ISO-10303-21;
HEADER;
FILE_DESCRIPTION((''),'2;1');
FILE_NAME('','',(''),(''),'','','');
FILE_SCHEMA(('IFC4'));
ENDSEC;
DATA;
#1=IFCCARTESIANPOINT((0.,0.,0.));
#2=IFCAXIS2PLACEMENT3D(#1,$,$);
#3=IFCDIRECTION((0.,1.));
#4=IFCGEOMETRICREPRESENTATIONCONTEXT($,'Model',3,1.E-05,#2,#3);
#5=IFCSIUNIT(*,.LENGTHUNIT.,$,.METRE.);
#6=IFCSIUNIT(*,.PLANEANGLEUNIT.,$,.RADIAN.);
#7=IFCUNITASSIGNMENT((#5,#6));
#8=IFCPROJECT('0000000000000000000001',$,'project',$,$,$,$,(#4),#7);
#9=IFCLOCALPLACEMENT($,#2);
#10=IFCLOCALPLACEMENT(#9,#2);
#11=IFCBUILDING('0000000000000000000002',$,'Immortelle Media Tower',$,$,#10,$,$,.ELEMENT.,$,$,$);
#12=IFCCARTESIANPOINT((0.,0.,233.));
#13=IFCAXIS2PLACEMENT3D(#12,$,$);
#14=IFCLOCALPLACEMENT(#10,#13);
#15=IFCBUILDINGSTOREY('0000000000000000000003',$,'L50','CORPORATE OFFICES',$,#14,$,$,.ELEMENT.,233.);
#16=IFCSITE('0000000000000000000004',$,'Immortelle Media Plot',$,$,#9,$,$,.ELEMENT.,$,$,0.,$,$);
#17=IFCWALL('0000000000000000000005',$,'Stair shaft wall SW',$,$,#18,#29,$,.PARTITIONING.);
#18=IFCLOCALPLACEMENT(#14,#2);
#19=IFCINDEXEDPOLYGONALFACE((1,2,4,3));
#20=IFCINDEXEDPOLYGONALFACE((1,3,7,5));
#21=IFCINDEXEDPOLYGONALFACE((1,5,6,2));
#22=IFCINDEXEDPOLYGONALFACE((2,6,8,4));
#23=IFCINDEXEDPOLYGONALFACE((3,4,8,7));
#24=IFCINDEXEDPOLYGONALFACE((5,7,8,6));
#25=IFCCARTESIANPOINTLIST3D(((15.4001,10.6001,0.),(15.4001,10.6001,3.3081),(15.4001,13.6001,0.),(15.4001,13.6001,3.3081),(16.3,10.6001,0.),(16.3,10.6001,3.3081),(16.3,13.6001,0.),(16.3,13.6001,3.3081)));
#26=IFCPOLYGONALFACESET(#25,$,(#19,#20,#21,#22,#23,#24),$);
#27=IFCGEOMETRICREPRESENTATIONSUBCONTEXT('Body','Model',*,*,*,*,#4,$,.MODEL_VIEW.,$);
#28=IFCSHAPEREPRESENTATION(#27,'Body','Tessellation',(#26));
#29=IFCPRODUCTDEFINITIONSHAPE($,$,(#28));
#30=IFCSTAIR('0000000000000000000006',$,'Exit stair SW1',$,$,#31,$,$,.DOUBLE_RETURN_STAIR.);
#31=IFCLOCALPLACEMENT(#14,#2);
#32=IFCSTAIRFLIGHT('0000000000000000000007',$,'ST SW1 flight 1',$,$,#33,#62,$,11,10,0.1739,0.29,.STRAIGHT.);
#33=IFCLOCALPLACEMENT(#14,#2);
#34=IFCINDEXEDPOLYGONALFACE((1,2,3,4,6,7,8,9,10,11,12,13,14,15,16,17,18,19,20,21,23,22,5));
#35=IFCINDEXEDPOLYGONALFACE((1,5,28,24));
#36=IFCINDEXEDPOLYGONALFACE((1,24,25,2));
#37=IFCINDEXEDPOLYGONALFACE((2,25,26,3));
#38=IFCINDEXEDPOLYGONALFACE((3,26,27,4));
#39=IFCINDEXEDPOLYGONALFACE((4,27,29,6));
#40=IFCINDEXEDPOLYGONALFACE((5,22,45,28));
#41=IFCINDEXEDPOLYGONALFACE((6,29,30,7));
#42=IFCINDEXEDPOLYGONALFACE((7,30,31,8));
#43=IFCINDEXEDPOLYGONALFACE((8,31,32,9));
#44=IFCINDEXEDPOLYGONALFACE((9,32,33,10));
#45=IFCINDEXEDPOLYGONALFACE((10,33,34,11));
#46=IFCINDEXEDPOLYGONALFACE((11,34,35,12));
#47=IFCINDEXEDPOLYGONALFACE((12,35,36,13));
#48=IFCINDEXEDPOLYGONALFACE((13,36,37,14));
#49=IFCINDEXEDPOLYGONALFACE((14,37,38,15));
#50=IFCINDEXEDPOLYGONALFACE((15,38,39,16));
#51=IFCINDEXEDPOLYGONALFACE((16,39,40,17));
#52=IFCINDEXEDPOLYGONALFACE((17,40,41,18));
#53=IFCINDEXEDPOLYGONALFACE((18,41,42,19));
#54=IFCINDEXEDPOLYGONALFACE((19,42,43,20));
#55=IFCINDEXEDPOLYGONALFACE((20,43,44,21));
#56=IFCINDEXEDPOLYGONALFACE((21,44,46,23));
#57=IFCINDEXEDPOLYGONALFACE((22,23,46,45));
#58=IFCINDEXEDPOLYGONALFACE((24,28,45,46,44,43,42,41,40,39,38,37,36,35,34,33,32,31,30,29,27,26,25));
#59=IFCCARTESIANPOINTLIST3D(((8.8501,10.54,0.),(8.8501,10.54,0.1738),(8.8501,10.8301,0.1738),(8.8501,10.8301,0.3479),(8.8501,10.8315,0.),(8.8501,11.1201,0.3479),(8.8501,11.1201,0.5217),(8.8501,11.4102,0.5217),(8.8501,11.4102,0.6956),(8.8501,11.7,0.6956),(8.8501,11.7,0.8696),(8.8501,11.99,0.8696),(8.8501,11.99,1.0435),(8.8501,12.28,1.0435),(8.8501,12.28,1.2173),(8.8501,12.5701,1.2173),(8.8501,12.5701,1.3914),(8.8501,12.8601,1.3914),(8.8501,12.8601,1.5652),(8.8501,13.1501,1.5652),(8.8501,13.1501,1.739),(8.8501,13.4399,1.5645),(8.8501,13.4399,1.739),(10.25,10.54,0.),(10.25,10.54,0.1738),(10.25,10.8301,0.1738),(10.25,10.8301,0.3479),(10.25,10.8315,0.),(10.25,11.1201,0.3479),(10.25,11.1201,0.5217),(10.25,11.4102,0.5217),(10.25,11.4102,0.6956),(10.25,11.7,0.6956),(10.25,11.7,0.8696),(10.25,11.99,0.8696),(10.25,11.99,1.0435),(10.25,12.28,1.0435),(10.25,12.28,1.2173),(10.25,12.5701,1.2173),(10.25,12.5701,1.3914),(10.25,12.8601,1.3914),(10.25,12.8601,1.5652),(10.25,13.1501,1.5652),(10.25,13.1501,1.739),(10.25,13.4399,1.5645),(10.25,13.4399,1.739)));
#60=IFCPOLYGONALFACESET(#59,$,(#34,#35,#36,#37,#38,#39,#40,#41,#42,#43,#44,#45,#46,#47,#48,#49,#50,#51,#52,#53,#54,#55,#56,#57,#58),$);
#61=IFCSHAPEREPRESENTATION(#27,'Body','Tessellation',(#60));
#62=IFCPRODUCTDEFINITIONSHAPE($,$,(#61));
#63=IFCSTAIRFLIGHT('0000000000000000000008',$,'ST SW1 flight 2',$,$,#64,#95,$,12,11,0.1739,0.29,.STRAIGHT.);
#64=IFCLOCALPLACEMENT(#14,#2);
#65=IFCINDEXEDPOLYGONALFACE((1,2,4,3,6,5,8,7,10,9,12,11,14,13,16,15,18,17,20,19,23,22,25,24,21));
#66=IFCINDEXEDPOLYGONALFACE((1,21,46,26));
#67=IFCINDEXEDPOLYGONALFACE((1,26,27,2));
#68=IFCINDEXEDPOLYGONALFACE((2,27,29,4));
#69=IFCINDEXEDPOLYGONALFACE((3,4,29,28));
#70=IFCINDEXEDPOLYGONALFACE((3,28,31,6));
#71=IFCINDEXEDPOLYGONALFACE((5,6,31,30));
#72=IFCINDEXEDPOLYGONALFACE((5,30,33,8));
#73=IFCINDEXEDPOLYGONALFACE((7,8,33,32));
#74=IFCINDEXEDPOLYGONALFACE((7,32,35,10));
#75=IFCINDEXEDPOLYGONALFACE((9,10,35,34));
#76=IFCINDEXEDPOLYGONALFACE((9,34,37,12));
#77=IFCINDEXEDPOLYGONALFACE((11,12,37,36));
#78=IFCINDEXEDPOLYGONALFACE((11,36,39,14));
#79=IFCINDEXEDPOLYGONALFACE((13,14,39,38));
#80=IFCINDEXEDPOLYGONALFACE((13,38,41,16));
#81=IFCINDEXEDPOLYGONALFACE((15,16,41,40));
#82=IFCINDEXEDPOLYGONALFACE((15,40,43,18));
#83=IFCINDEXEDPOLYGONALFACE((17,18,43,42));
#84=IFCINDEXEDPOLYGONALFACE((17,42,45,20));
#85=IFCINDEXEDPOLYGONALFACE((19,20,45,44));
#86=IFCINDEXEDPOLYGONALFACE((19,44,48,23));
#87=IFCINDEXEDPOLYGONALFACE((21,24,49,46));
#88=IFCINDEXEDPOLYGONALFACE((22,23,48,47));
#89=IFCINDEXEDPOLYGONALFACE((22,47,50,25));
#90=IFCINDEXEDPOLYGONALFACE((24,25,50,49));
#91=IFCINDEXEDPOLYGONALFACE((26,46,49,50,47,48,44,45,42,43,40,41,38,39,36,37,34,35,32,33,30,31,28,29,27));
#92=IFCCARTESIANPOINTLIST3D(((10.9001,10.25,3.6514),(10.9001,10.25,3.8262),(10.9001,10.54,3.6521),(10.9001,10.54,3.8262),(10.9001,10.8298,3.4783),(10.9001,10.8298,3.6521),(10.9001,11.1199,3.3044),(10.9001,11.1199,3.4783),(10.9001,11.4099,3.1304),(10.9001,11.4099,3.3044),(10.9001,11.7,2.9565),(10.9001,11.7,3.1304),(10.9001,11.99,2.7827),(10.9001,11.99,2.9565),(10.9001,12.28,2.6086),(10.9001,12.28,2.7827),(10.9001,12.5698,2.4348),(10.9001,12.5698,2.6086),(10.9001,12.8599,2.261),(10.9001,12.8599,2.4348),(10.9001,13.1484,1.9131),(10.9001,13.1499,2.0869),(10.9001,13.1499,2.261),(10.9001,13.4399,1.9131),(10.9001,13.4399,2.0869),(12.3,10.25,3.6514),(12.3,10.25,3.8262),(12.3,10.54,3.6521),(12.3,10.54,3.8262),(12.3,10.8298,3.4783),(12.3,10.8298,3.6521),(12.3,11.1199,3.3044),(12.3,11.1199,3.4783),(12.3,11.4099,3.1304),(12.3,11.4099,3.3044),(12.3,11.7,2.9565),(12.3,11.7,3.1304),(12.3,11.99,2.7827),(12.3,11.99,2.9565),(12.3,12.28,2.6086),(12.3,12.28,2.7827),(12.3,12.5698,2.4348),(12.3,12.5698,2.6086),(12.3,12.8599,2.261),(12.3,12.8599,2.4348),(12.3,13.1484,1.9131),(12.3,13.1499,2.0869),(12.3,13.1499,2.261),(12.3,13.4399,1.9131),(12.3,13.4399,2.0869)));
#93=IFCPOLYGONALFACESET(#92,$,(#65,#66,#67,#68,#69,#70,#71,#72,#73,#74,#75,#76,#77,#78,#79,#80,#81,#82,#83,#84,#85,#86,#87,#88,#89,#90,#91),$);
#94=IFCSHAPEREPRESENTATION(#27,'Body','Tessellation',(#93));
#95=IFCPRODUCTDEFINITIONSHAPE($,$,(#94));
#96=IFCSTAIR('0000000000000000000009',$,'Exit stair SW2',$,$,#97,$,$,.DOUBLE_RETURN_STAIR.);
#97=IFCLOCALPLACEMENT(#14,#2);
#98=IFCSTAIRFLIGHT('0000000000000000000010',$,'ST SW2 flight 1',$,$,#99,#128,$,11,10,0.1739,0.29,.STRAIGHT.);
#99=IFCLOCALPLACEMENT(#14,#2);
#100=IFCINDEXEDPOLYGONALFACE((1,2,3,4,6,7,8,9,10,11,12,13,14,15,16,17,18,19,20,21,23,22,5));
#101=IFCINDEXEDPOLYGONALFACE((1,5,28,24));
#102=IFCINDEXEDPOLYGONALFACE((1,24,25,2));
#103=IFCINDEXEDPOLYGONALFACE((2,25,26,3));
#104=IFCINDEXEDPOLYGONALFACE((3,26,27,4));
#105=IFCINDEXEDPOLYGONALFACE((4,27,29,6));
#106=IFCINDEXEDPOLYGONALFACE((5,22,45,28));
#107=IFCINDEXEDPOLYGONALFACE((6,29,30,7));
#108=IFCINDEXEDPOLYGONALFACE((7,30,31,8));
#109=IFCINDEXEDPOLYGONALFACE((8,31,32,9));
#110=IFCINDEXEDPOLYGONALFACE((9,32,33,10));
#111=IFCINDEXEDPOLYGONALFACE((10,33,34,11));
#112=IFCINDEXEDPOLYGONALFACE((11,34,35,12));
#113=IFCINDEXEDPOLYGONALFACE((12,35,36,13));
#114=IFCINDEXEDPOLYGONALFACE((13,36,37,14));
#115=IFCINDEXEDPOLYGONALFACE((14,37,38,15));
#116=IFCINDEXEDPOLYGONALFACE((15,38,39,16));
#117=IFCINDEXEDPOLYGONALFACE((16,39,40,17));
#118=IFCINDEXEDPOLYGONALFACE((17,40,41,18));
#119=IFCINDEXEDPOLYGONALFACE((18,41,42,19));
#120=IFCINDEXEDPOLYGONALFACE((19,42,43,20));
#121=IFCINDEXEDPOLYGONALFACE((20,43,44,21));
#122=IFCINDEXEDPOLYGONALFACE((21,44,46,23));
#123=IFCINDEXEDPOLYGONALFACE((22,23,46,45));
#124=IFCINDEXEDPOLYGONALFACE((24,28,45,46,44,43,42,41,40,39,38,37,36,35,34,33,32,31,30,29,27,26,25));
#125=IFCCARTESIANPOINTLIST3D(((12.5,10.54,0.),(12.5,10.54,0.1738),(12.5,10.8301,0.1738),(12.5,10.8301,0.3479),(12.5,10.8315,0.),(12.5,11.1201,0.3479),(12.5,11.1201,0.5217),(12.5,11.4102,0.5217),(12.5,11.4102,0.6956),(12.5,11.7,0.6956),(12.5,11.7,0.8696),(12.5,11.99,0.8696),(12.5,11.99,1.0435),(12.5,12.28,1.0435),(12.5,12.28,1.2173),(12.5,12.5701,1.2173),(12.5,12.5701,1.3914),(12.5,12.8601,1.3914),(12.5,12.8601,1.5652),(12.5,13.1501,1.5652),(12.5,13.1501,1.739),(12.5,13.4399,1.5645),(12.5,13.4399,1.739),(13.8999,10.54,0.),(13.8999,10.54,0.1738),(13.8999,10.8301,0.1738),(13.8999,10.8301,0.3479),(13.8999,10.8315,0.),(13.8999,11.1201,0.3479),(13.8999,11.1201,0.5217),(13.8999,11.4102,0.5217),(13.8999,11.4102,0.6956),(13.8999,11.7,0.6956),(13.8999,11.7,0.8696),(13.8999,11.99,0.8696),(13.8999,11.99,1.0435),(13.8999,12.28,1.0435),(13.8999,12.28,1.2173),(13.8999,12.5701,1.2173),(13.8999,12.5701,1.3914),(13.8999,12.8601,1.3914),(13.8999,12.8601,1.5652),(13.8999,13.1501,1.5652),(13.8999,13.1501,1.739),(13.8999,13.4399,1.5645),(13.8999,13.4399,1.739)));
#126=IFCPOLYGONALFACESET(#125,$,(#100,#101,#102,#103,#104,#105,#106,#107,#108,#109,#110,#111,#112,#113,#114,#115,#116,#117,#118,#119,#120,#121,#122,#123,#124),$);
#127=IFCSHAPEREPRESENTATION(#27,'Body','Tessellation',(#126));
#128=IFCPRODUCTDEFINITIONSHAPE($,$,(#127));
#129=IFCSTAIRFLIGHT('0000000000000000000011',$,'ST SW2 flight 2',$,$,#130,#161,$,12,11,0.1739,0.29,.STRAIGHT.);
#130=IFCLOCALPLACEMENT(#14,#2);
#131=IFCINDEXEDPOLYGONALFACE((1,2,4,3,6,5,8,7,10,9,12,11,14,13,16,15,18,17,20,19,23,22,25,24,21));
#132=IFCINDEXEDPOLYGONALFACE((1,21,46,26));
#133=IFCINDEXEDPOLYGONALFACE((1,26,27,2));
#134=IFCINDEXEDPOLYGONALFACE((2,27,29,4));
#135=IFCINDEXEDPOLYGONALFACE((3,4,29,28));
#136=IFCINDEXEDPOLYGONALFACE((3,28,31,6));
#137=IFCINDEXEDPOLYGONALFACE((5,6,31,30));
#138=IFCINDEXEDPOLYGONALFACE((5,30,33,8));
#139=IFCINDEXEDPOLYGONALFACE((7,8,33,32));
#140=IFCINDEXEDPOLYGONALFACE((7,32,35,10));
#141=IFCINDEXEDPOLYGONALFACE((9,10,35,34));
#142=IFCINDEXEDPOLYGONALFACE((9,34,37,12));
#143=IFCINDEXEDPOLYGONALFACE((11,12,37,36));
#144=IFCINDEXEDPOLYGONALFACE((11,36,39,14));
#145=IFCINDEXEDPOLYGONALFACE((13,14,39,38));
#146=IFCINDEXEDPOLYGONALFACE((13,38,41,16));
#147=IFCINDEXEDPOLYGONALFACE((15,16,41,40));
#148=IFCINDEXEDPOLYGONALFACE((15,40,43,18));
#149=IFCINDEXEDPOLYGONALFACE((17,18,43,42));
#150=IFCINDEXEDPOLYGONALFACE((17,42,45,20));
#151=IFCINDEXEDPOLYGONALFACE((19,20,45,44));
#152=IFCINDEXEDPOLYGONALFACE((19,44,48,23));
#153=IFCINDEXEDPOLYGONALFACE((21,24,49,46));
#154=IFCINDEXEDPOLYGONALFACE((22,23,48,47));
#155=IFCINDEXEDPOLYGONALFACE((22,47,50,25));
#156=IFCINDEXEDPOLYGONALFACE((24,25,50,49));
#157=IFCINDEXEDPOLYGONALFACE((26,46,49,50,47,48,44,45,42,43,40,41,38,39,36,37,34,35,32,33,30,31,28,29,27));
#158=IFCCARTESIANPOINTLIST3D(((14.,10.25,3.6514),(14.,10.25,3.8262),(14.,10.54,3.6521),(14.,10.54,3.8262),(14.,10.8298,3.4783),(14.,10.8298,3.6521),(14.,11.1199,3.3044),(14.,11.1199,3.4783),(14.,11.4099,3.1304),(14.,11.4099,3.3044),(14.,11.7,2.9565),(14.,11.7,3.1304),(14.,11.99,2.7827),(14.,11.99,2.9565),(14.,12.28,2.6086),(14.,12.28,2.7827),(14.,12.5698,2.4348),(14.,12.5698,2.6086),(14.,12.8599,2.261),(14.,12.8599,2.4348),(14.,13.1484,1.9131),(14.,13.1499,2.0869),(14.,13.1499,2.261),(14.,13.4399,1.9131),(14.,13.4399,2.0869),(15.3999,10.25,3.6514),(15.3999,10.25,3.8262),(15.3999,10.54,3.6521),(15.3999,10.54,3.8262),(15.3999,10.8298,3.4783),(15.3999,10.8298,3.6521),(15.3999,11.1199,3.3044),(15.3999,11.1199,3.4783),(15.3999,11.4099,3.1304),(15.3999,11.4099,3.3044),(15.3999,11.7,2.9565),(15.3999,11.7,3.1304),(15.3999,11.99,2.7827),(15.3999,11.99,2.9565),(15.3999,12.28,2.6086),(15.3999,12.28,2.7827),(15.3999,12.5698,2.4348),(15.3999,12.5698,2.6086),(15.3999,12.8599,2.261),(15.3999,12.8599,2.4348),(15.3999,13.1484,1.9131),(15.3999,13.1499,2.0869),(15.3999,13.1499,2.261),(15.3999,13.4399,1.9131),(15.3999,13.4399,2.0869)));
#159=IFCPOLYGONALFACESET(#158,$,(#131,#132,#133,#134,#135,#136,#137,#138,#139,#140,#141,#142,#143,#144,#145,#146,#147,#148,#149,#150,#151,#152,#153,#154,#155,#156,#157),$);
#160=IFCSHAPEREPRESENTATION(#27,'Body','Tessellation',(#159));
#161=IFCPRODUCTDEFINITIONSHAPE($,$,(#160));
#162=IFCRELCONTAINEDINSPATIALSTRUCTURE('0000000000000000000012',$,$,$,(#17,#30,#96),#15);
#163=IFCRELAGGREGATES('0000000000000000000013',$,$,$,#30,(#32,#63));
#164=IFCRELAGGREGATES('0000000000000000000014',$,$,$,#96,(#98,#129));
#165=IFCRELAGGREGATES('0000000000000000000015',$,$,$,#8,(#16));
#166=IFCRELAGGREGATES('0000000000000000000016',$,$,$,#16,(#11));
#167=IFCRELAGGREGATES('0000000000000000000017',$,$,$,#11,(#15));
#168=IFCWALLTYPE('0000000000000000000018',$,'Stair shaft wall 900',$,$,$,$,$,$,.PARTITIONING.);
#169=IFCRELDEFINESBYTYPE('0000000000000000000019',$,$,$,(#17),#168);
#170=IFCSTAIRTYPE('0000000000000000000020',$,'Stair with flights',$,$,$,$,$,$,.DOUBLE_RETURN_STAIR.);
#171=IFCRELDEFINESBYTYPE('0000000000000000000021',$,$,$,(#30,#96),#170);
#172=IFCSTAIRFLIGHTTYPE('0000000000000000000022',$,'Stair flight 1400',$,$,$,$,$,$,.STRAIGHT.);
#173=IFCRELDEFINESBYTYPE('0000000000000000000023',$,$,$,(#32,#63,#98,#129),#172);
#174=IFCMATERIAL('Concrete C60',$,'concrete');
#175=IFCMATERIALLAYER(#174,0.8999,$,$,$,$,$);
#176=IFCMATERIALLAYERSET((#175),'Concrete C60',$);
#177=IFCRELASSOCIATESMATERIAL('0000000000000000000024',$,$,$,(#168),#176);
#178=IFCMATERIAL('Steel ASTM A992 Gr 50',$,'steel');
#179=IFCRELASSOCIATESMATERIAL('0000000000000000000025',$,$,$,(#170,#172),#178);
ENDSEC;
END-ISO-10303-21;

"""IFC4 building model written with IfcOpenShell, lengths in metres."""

from ifc_helpers import new_model, si_unit, direction, frame, frame_2d, origin, place, context, subcontext, project, spatial, polyline, rectangle, outline, extrude, material, layer, layer_set, type_object, element, aggregate, save


model = new_model("IFC4")

# Units and contexts
model_context = context("Model", 3, precision=1e-05, world=origin(), true_north=direction((0.0, 1.0)))
body_context = subcontext(model_context, "Body", "Model", "MODEL_VIEW")
ifc_project = project(units=[si_unit("LENGTHUNIT", "METRE"), si_unit("PLANEANGLEUNIT", "RADIAN")], contexts=[model_context])

# Site, building, storey
site_placement = place(None, origin())
site = spatial("IfcSite", under=ifc_project, at=site_placement, Name="Immortelle Media Plot", CompositionType="ELEMENT", RefElevation=0.0)
building_placement = place(site_placement, origin())
building = spatial("IfcBuilding", under=site, at=building_placement, Name="Immortelle Media Tower", CompositionType="ELEMENT")
storey_placement = place(building_placement, frame((0.0, 0.0, 233.0)))
storey = spatial("IfcBuildingStorey", under=building, at=storey_placement, Name="L50", Description="CORPORATE OFFICES", CompositionType="ELEMENT", Elevation=233.0)

# Shared definitions
ifc_material_1 = material(Name="Steel ASTM A992 Gr 50", Category="steel")

# Shared definitions
ifc_material_2 = material(Name="Concrete C60", Category="concrete")

# Shared definitions
ifc_layer_1 = layer(ifc_material_2, 0.8999)
ifc_layer_set_1 = layer_set([ifc_layer_1], Name="Concrete C60")
wall_type_1 = type_object("IfcWallType", Name="Stair shaft wall 900", PredefinedType="PARTITIONING", material=ifc_layer_set_1)

# Wall
wall_1_placement = place(storey_placement, frame((15.8501, 10.6001, 0.0), z_axis=(0.0, 0.0, 1.0), x_axis=(0.0, 1.0, 0.0)))
element("IfcWall", 1, at=wall_1_placement, inside=storey, type_object=wall_type_1, Name="Stair shaft wall SW", PredefinedType="PARTITIONING", context=body_context, shape_type="SweptSolid", body=[
    extrude(rectangle(XDim=3.0, YDim=0.8999, at=frame_2d((1.5, 0.0))), origin(), (0.0, 0.0, 1.0), 3.3081),
])

# Stairs, stair flights
stair_type = type_object("IfcStairType", Name="Stair with flights", PredefinedType="DOUBLE_RETURN_STAIR", material=ifc_material_1)
stair_1_placement = place(storey_placement, origin())
stair_1 = element("IfcStair", 2, at=stair_1_placement, inside=storey, type_object=stair_type, Name="Exit stair SW1", PredefinedType="DOUBLE_RETURN_STAIR")
stair_flight_type = type_object("IfcStairFlightType", Name="Stair flight 1400", PredefinedType="STRAIGHT", material=ifc_material_1)
stair_flight_1_placement = place(storey_placement, frame((9.55, 10.54, 0.0), z_axis=(0.0, 0.0, 1.0), x_axis=(0.0, 1.0, 0.0)))
stair_flight_1 = element("IfcStairFlight", 3, at=stair_flight_1_placement, type_object=stair_flight_type, Name="ST SW1 flight 1", NumberOfRisers=11, NumberOfTreads=10, PredefinedType="STRAIGHT", RiserHeight=0.1739, TreadLength=0.29, context=body_context, shape_type="SweptSolid", body=[
    extrude(outline(polyline([(0.0, 0.0), (0.0, 0.1738), (0.29, 0.1738), (0.29, 0.3479), (0.5801, 0.3479), (0.5801, 0.5217), (0.8701, 0.5217), (0.8701, 0.6956), (1.1599, 0.6956), (1.1599, 0.8696), (1.45, 0.8696), (1.45, 1.0435), (1.74, 1.0435), (1.74, 1.2173), (2.03, 1.2173), (2.03, 1.3914), (2.3201, 1.3914), (2.3201, 1.5652), (2.6101, 1.5652), (2.6101, 1.739), (2.8999, 1.739), (2.8999, 1.9131), (2.8999, 1.5645), (0.2915, 0.0), (0.0, 0.0)])), frame((0.0, 0.7, 0.0), z_axis=(0.0, -1.0, 0.0), x_axis=(1.0, 0.0, 0.0)), (0.0, 0.0, 1.0), 1.3999),
])
stair_flight_2_placement = place(storey_placement, frame((11.6001, 13.4399, 1.9131), z_axis=(0.0, 0.0, 1.0), x_axis=(0.0, -1.0, 0.0)))
stair_flight_2 = element("IfcStairFlight", 4, at=stair_flight_2_placement, type_object=stair_flight_type, Name="ST SW1 flight 2", NumberOfRisers=12, NumberOfTreads=11, PredefinedType="STRAIGHT", RiserHeight=0.1739, TreadLength=0.29, context=body_context, shape_type="SweptSolid", body=[
    extrude(outline(polyline([(0.0, 0.0), (0.0, 0.1738), (0.29, 0.1738), (0.29, 0.3479), (0.5801, 0.3479), (0.5801, 0.5217), (0.8701, 0.5217), (0.8701, 0.6956), (1.1599, 0.6956), (1.1599, 0.8696), (1.45, 0.8696), (1.45, 1.0435), (1.74, 1.0435), (1.74, 1.2173), (2.03, 1.2173), (2.03, 1.3914), (2.3201, 1.3914), (2.3201, 1.5652), (2.6101, 1.5652), (2.6101, 1.739), (2.8999, 1.739), (2.8999, 1.9131), (3.1899, 1.9131), (3.1899, 2.0869), (3.1899, 1.7383), (0.2915, 0.0), (0.0, 0.0)])), frame((0.0, 0.7, 0.0), z_axis=(0.0, -1.0, 0.0), x_axis=(1.0, 0.0, 0.0)), (0.0, 0.0, 1.0), 1.3999),
])
aggregate(stair_1, [stair_flight_1, stair_flight_2])
stair_2_placement = place(storey_placement, origin())
stair_2 = element("IfcStair", 5, at=stair_2_placement, inside=storey, type_object=stair_type, Name="Exit stair SW2", PredefinedType="DOUBLE_RETURN_STAIR")
stair_flight_3_placement = place(storey_placement, frame((13.2, 10.54, 0.0), z_axis=(0.0, 0.0, 1.0), x_axis=(0.0, 1.0, 0.0)))
stair_flight_3 = element("IfcStairFlight", 6, at=stair_flight_3_placement, type_object=stair_flight_type, Name="ST SW2 flight 1", NumberOfRisers=11, NumberOfTreads=10, PredefinedType="STRAIGHT", RiserHeight=0.1739, TreadLength=0.29, context=body_context, shape_type="SweptSolid", body=[
    extrude(outline(polyline([(0.0, 0.0), (0.0, 0.1738), (0.29, 0.1738), (0.29, 0.3479), (0.5801, 0.3479), (0.5801, 0.5217), (0.8701, 0.5217), (0.8701, 0.6956), (1.1599, 0.6956), (1.1599, 0.8696), (1.45, 0.8696), (1.45, 1.0435), (1.74, 1.0435), (1.74, 1.2173), (2.03, 1.2173), (2.03, 1.3914), (2.3201, 1.3914), (2.3201, 1.5652), (2.6101, 1.5652), (2.6101, 1.739), (2.8999, 1.739), (2.8999, 1.9131), (2.8999, 1.5645), (0.2915, 0.0), (0.0, 0.0)])), frame((0.0, 0.7, 0.0), z_axis=(0.0, -1.0, 0.0), x_axis=(1.0, 0.0, 0.0)), (0.0, 0.0, 1.0), 1.3999),
])
stair_flight_4_placement = place(storey_placement, frame((14.7, 13.4399, 1.9131), z_axis=(0.0, 0.0, 1.0), x_axis=(0.0, -1.0, 0.0)))
stair_flight_4 = element("IfcStairFlight", 7, at=stair_flight_4_placement, type_object=stair_flight_type, Name="ST SW2 flight 2", NumberOfRisers=12, NumberOfTreads=11, PredefinedType="STRAIGHT", RiserHeight=0.1739, TreadLength=0.29, context=body_context, shape_type="SweptSolid", body=[
    extrude(outline(polyline([(0.0, 0.0), (0.0, 0.1738), (0.29, 0.1738), (0.29, 0.3479), (0.5801, 0.3479), (0.5801, 0.5217), (0.8701, 0.5217), (0.8701, 0.6956), (1.1599, 0.6956), (1.1599, 0.8696), (1.45, 0.8696), (1.45, 1.0435), (1.74, 1.0435), (1.74, 1.2173), (2.03, 1.2173), (2.03, 1.3914), (2.3201, 1.3914), (2.3201, 1.5652), (2.6101, 1.5652), (2.6101, 1.739), (2.8999, 1.739), (2.8999, 1.9131), (3.1899, 1.9131), (3.1899, 2.0869), (3.1899, 1.7383), (0.2915, 0.0), (0.0, 0.0)])), frame((0.0, 0.7, 0.0), z_axis=(0.0, -1.0, 0.0), x_axis=(1.0, 0.0, 0.0)), (0.0, 0.0, 1.0), 1.3999),
])
aggregate(stair_2, [stair_flight_3, stair_flight_4])

save(model, "model.ifc")
